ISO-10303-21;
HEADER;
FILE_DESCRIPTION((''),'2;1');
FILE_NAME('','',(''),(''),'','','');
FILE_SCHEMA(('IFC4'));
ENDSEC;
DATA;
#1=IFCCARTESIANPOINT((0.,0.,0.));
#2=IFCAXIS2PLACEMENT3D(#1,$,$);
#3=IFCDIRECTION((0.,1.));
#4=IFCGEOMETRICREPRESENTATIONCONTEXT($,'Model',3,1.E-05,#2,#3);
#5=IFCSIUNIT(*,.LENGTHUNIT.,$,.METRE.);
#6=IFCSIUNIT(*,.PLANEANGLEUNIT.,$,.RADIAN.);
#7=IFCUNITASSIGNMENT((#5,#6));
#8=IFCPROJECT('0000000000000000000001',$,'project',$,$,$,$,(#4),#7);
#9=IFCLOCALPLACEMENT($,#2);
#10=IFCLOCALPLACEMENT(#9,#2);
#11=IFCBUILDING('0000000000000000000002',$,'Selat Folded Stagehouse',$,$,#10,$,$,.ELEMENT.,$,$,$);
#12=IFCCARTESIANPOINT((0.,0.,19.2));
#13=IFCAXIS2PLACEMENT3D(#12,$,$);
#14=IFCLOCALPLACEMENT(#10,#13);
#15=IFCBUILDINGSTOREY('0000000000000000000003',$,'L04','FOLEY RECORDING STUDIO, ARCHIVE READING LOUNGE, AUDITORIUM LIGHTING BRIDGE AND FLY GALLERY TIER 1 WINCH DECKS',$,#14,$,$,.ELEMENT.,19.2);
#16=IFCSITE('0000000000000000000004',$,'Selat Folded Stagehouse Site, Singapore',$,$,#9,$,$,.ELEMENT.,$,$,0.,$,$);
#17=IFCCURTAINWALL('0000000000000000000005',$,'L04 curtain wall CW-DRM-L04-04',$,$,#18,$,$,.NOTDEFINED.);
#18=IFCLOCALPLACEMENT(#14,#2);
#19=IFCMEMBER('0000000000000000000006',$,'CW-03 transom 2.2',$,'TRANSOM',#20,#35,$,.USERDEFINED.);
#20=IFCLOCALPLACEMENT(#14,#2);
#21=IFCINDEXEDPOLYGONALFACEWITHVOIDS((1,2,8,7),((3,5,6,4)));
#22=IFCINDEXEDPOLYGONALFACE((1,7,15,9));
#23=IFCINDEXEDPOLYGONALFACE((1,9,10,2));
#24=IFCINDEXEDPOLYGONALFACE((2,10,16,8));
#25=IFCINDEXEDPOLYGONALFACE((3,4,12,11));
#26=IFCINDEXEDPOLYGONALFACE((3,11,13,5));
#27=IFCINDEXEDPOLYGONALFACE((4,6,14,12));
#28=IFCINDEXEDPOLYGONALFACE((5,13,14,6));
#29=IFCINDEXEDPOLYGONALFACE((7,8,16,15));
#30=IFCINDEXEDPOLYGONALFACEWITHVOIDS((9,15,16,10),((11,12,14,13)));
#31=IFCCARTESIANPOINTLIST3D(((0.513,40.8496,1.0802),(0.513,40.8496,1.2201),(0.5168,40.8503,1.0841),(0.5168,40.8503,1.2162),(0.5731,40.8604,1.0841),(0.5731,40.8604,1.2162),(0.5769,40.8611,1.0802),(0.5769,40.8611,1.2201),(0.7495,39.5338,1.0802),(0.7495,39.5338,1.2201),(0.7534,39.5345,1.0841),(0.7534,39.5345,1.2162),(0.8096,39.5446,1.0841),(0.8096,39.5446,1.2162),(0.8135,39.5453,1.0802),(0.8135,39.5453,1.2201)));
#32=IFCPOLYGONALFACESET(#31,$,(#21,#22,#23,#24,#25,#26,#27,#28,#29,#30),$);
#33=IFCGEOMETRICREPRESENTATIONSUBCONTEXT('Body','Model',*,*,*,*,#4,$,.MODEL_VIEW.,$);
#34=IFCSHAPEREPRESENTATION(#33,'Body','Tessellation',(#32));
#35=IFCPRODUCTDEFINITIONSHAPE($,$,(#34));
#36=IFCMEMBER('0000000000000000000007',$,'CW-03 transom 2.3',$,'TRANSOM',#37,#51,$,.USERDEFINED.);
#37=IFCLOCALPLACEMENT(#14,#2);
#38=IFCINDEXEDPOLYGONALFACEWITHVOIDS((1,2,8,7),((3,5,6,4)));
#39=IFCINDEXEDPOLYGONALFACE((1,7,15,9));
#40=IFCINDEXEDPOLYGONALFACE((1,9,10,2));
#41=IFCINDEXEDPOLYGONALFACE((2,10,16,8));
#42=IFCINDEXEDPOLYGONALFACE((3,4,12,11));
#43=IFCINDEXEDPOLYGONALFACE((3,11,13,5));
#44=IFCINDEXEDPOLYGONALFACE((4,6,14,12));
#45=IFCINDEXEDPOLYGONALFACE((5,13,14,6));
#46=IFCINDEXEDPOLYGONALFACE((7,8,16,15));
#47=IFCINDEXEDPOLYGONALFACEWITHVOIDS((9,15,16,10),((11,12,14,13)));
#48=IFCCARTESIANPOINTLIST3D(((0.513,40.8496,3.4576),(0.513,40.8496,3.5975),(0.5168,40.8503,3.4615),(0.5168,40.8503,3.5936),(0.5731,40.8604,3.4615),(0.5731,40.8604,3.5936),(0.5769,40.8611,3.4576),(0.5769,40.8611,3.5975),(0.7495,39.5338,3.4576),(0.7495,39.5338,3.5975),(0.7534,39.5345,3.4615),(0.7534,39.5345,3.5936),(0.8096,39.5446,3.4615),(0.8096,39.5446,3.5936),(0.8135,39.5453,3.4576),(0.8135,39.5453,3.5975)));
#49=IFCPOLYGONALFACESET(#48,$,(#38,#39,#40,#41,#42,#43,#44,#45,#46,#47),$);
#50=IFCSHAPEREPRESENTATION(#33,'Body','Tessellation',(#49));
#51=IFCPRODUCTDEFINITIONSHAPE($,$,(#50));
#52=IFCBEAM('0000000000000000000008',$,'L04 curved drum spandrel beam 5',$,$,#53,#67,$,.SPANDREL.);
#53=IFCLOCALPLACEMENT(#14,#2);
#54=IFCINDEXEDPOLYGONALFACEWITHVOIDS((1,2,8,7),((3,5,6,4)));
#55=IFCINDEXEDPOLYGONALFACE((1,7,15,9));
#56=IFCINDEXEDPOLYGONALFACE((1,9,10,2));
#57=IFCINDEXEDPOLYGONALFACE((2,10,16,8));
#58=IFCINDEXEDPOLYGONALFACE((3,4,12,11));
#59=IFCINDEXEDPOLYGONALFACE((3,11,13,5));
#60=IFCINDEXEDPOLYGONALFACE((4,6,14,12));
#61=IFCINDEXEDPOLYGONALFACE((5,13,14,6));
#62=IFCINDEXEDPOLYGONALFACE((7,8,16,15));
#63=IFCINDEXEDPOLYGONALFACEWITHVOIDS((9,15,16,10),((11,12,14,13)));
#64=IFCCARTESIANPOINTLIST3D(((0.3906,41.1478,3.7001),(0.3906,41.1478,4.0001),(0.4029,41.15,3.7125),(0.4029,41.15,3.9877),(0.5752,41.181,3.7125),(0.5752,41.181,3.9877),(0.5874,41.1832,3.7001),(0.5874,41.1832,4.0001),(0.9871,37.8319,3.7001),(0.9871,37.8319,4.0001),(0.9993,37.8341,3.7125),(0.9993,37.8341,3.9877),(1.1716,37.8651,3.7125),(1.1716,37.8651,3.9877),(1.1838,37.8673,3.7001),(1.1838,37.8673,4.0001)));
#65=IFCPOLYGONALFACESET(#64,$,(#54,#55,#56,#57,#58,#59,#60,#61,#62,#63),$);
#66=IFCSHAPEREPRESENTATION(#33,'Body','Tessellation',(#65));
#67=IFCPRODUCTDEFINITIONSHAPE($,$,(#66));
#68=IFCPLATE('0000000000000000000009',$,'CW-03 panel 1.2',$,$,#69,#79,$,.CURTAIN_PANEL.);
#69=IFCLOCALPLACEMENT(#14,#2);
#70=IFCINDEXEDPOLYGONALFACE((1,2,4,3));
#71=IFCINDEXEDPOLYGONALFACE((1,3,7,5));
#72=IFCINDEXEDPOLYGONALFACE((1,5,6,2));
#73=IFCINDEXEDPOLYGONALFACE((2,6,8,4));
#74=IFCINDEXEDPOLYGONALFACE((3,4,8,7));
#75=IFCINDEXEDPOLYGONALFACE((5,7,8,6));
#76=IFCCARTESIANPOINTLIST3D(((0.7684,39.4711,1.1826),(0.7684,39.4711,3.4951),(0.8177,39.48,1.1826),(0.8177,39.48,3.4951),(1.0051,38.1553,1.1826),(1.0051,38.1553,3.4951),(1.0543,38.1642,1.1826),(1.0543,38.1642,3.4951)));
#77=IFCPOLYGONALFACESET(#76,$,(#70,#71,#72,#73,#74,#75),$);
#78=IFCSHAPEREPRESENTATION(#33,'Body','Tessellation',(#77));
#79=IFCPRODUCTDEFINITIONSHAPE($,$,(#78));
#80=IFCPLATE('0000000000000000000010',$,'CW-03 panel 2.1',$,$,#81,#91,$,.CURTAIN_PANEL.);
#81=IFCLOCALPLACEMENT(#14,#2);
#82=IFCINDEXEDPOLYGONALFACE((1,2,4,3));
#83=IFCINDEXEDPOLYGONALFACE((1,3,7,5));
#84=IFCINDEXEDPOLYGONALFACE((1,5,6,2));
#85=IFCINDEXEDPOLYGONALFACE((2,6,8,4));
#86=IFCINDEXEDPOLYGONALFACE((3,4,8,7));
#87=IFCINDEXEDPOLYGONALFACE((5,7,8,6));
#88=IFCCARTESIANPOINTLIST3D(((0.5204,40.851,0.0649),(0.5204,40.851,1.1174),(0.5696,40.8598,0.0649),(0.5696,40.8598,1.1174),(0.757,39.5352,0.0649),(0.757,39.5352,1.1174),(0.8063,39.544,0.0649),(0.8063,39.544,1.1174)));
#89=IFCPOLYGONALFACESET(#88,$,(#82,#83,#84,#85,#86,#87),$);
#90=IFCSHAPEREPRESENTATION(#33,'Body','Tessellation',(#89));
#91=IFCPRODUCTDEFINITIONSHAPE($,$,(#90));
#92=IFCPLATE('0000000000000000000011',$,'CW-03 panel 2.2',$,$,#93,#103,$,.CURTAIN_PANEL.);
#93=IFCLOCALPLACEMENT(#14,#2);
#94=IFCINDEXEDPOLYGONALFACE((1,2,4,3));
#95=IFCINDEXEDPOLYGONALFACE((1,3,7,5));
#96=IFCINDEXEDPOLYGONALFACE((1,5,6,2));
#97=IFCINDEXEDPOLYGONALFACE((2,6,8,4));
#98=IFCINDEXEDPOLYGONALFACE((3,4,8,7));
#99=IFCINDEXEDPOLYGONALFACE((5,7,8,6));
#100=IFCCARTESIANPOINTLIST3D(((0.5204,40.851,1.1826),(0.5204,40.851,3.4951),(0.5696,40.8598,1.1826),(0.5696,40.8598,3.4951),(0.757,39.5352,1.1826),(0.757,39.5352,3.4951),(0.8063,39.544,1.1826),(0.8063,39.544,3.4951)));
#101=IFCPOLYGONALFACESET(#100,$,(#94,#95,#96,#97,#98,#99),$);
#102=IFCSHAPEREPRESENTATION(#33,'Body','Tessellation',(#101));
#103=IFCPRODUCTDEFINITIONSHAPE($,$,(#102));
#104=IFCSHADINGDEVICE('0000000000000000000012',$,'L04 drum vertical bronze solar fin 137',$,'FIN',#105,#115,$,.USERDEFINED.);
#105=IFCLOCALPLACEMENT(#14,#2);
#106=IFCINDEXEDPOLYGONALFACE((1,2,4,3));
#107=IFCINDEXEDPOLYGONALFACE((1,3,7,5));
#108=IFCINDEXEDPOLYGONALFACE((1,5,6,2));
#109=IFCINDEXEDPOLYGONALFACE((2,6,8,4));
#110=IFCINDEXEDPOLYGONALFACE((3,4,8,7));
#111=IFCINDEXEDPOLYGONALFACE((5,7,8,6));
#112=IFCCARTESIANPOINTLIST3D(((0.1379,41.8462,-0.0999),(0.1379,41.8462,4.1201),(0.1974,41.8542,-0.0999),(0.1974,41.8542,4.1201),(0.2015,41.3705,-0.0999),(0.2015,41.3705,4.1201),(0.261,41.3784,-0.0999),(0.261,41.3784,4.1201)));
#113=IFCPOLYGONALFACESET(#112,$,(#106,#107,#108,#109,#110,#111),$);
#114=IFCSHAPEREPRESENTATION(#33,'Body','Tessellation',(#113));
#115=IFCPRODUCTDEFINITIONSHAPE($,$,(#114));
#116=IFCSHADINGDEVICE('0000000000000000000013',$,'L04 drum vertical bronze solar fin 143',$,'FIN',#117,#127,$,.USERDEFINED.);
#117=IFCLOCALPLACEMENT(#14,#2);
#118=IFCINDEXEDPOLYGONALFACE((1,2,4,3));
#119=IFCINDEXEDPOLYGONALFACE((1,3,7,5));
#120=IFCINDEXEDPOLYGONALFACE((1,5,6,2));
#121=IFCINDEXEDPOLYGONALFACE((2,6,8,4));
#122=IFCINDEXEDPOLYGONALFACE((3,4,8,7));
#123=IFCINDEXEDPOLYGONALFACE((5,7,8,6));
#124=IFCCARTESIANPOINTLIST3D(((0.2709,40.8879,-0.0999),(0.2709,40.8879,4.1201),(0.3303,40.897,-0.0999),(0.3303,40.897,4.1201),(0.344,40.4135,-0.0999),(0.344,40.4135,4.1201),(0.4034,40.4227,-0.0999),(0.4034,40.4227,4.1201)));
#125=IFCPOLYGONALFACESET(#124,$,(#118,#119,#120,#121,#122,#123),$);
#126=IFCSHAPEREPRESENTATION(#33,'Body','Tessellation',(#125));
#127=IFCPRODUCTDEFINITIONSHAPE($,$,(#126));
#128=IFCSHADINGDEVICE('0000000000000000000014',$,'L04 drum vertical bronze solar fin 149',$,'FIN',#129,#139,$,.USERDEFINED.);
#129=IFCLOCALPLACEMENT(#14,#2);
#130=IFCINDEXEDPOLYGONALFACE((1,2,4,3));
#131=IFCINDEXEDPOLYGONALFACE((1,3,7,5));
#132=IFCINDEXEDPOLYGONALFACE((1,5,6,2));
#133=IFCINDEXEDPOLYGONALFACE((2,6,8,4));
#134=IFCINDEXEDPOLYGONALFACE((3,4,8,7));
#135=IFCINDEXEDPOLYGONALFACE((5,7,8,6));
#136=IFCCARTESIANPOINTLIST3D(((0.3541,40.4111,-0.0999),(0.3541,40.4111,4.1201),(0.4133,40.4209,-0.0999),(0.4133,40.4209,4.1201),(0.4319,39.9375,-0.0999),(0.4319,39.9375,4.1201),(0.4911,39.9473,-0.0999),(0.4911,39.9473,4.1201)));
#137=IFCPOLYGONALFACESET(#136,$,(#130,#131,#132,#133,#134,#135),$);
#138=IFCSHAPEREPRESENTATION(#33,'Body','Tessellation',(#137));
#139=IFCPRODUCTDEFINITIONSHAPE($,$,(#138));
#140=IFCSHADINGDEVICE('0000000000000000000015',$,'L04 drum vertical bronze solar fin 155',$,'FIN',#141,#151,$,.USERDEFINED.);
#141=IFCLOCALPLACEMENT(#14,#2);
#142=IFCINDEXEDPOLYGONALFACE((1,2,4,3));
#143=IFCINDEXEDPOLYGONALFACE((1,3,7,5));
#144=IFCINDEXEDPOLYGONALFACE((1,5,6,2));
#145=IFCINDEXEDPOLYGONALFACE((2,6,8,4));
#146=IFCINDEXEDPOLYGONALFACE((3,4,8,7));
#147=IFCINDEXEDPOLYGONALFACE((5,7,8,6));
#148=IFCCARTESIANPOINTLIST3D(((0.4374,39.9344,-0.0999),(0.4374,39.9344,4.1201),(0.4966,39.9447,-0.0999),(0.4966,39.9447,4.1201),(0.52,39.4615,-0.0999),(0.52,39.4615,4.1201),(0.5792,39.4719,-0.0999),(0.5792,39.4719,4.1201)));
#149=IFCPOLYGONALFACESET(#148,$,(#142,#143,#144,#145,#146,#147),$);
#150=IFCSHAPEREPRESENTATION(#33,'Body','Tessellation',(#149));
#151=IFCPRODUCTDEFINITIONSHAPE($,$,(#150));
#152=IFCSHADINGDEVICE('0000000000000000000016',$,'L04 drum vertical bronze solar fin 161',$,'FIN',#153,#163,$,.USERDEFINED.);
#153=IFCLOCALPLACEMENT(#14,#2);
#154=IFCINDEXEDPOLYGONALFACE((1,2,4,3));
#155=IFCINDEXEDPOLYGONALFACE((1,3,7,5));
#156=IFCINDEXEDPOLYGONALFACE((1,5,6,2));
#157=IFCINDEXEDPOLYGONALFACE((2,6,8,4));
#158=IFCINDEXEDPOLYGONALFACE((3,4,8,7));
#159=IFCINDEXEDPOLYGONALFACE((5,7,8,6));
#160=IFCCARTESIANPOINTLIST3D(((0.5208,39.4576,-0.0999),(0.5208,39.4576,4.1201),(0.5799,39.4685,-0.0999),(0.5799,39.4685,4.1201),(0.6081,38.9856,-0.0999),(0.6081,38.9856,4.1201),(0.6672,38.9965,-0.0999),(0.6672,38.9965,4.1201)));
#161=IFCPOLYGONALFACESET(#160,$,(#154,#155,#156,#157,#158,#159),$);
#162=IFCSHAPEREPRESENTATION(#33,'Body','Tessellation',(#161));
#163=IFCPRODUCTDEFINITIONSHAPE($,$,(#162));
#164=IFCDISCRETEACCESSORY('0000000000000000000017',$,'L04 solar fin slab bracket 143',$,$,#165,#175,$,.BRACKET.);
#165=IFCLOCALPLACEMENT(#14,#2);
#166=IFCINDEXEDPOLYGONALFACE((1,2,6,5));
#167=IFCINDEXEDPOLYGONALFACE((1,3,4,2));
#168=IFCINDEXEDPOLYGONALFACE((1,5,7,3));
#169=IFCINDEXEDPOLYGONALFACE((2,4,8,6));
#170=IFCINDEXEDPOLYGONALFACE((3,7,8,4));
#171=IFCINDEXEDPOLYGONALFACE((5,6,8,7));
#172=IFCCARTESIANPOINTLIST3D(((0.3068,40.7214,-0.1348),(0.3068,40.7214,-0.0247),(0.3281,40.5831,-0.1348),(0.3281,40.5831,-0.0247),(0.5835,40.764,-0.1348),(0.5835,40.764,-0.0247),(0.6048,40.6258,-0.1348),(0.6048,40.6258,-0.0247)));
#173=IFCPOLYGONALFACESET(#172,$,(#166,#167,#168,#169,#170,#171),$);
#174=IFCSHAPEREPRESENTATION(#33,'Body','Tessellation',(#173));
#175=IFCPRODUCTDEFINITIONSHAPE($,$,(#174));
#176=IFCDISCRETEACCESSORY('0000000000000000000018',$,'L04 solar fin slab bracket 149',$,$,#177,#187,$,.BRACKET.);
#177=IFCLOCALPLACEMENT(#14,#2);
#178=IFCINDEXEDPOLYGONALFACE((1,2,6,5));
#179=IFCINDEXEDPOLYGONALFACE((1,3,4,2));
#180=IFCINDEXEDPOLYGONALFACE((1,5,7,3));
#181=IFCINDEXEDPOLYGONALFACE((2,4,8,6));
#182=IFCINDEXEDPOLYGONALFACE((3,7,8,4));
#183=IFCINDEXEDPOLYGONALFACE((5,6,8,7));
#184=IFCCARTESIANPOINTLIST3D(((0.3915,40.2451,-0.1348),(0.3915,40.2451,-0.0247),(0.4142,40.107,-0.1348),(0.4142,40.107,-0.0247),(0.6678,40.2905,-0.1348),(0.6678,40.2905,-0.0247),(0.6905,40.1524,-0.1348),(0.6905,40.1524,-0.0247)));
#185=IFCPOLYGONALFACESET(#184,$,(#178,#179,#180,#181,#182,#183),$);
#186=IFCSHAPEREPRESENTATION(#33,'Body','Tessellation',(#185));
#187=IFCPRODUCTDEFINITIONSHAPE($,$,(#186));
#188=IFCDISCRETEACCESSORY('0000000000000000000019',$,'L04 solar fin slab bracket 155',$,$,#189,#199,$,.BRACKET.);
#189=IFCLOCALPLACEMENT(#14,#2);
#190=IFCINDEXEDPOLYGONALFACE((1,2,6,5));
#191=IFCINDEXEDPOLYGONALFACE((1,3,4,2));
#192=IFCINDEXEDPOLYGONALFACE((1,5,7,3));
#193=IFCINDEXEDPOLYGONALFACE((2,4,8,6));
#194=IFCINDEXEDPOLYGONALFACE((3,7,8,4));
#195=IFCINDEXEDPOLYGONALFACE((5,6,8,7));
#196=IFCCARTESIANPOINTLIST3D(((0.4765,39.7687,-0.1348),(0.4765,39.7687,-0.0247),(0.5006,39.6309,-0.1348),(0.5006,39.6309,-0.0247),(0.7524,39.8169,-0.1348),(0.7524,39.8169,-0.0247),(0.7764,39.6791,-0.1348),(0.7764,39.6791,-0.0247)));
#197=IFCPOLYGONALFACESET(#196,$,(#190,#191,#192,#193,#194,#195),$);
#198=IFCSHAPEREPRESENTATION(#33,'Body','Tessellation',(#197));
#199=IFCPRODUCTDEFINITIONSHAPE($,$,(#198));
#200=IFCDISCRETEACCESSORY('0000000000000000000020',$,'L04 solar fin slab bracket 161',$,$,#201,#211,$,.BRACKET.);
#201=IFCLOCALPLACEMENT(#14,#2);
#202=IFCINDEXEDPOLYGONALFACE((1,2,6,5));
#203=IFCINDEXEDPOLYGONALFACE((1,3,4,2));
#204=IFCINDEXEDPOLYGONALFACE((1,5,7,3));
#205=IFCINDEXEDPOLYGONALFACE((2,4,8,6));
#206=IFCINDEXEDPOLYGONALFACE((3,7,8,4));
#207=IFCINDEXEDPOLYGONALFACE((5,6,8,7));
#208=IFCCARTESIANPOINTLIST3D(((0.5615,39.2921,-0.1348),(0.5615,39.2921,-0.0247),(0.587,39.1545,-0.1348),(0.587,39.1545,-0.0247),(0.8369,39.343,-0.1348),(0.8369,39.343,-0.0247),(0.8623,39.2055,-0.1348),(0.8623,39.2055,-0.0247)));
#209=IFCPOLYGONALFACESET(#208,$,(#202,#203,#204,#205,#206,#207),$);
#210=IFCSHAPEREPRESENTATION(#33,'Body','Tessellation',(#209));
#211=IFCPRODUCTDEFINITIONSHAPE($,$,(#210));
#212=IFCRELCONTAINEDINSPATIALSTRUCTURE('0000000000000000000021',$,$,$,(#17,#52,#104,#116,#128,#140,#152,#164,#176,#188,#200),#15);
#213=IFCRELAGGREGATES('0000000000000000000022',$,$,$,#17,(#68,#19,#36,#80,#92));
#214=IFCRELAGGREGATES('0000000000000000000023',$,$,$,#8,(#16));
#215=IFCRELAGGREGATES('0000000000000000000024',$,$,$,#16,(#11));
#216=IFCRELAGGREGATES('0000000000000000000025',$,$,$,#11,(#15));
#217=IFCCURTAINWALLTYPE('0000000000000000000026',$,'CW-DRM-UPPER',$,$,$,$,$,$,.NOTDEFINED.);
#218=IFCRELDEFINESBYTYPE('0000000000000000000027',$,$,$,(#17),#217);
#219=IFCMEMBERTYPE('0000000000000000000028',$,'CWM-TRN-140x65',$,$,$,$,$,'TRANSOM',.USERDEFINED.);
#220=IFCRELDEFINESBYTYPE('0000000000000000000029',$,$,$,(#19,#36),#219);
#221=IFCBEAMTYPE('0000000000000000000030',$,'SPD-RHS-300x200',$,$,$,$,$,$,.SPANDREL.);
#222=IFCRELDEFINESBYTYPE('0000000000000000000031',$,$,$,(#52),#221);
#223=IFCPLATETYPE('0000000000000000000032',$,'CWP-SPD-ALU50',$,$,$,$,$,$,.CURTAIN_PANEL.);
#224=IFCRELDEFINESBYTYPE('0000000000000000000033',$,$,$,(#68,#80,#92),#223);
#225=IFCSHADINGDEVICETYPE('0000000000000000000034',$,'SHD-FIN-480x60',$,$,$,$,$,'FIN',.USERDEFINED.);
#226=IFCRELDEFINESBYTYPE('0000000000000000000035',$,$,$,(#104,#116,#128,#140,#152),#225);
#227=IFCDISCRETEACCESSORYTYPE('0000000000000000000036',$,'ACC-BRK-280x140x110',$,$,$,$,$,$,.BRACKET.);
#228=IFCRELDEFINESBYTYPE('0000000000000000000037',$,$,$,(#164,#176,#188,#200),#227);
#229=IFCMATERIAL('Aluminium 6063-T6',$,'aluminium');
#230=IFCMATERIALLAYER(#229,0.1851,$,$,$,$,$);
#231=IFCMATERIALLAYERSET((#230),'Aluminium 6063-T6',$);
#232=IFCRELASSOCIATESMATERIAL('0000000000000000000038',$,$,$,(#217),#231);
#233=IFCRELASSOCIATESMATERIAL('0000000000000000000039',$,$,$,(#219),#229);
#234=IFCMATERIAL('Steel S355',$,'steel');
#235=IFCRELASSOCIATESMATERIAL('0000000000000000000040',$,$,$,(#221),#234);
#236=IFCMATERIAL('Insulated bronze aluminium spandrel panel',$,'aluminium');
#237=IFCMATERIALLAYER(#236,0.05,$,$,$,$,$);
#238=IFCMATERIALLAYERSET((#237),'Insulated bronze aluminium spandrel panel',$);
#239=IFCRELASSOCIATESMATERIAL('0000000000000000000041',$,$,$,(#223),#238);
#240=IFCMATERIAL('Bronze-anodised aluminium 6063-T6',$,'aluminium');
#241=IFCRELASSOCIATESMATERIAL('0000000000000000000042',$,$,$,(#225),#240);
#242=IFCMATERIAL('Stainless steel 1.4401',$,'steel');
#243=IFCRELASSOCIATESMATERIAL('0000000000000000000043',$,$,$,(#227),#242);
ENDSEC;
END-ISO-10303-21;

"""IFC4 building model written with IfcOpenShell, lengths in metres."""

from ifc_helpers import new_model, si_unit, direction, frame, origin, origin_2d, place, context, subcontext, project, spatial, rectangle, hollow_rectangle, extrude, material, layer, layer_set, material_profile, profile_set, type_object, element, aggregate, save


model = new_model("IFC4")

# Units and contexts
model_context = context("Model", 3, precision=1e-05, world=origin(), true_north=direction((0.0, 1.0)))
body_context = subcontext(model_context, "Body", "Model", "MODEL_VIEW")
ifc_project = project(units=[si_unit("LENGTHUNIT", "METRE"), si_unit("PLANEANGLEUNIT", "RADIAN")], contexts=[model_context])

# Site, building, storey
site_placement = place(None, origin())
site = spatial("IfcSite", under=ifc_project, at=site_placement, Name="Selat Folded Stagehouse Site, Singapore", CompositionType="ELEMENT", RefElevation=0.0)
building_placement = place(site_placement, origin())
building = spatial("IfcBuilding", under=site, at=building_placement, Name="Selat Folded Stagehouse", CompositionType="ELEMENT")
storey_placement = place(building_placement, frame((0.0, 0.0, 19.2)))
storey = spatial("IfcBuildingStorey", under=building, at=storey_placement, Name="L04", Description="FOLEY RECORDING STUDIO, ARCHIVE READING LOUNGE, AUDITORIUM LIGHTING BRIDGE AND FLY GALLERY TIER 1 WINCH DECKS", CompositionType="ELEMENT", Elevation=19.2)

# Shared definitions
ifc_material_1 = material(Name="Steel S355", Category="steel")

# Shared definitions
ifc_material_2 = material(Name="Aluminium 6063-T6", Category="aluminium")
ifc_layer_1 = layer(ifc_material_2, 0.1851)
ifc_layer_set_1 = layer_set([ifc_layer_1], Name="Aluminium 6063-T6")
curtain_wall_type = type_object("IfcCurtainWallType", Name="CW-DRM-UPPER", PredefinedType="NOTDEFINED", material=ifc_layer_set_1)

# Curtain wall
curtain_wall_1_placement = place(storey_placement, origin())
curtain_wall_1 = element("IfcCurtainWall", 1, at=curtain_wall_1_placement, inside=storey, type_object=curtain_wall_type, Name="L04 curtain wall CW-DRM-L04-04", PredefinedType="NOTDEFINED")

# Members
ifc_material_profile_1 = material_profile(ifc_material_2, hollow_rectangle(XDim=0.0649, YDim=0.1399, WallThickness=0.0039, at=origin_2d()), Name="ALU 140x65x4.0")
ifc_profile_set_1 = profile_set([ifc_material_profile_1], Name="Aluminium 6063-T6")
member_type_1 = type_object("IfcMemberType", Name="CWM-TRN-140x65", ElementType="TRANSOM", PredefinedType="USERDEFINED", material=ifc_profile_set_1)
member_1_placement = place(storey_placement, frame((0.7815, 39.5396, 1.1501), z_axis=(-0.176941, 0.984222, 0.0), x_axis=(-0.984222, -0.176941, 0.0)))
member_1 = element("IfcMember", 2, at=member_1_placement, type_object=member_type_1, Name="CW-03 transom 2.2", ObjectType="TRANSOM", PredefinedType="USERDEFINED", context=body_context, shape_type="SweptSolid", body=[
    extrude(hollow_rectangle(XDim=0.0649, YDim=0.1399, WallThickness=0.0039, at=origin_2d()), origin(), (0.0, 0.0, 1.0), 1.3369),
])
member_2_placement = place(storey_placement, frame((0.7815, 39.5396, 3.5276), z_axis=(-0.176941, 0.984222, 0.0), x_axis=(-0.984222, -0.176941, 0.0)))
member_2 = element("IfcMember", 3, at=member_2_placement, type_object=member_type_1, Name="CW-03 transom 2.3", ObjectType="TRANSOM", PredefinedType="USERDEFINED", context=body_context, shape_type="SweptSolid", body=[
    extrude(hollow_rectangle(XDim=0.0649, YDim=0.1399, WallThickness=0.0039, at=origin_2d()), origin(), (0.0, 0.0, 1.0), 1.3369),
])

# Beam
ifc_material_profile_2 = material_profile(ifc_material_1, hollow_rectangle(XDim=0.2, YDim=0.3, WallThickness=0.0125, at=origin_2d()), Name="RHS 300x200x12.5")
ifc_profile_set_2 = profile_set([ifc_material_profile_2], Name="Steel S355")
beam_type = type_object("IfcBeamType", Name="SPD-RHS-300x200", PredefinedType="SPANDREL", material=ifc_profile_set_2)
beam_placement = place(storey_placement, frame((0.489, 41.1655, 3.8501), z_axis=(0.177029, -0.984206, 0.0), x_axis=(0.984206, 0.177029, 0.0)))
element("IfcBeam", 4, at=beam_placement, inside=storey, type_object=beam_type, Name="L04 curved drum spandrel beam 5", PredefinedType="SPANDREL", context=body_context, shape_type="SweptSolid", body=[
    extrude(hollow_rectangle(XDim=0.2, YDim=0.3, WallThickness=0.0125, at=origin_2d()), origin(), (0.0, 0.0, 1.0), 3.3691),
])

# Plates
ifc_material_3 = material(Name="Insulated bronze aluminium spandrel panel", Category="aluminium")
ifc_layer_2 = layer(ifc_material_3, 0.05)
ifc_layer_set_2 = layer_set([ifc_layer_2], Name="Insulated bronze aluminium spandrel panel")
plate_type = type_object("IfcPlateType", Name="CWP-SPD-ALU50", PredefinedType="CURTAIN_PANEL", material=ifc_layer_set_2)
plate_1_placement = place(storey_placement, frame((0.9114, 38.8176, 1.1826), z_axis=(0.0, 0.0, 1.0), x_axis=(-0.177002, 0.984211, 0.0)))
plate_1 = element("IfcPlate", 5, at=plate_1_placement, type_object=plate_type, Name="CW-03 panel 1.2", PredefinedType="CURTAIN_PANEL", context=body_context, shape_type="SweptSolid", body=[
    extrude(rectangle(XDim=1.3369, YDim=0.05, at=origin_2d()), origin(), (0.0, 0.0, 1.0), 2.3125),
])
plate_2_placement = place(storey_placement, frame((0.6633, 40.1975, 0.0649), z_axis=(0.0, 0.0, 1.0), x_axis=(-0.177002, 0.984211, 0.0)))
plate_2 = element("IfcPlate", 6, at=plate_2_placement, type_object=plate_type, Name="CW-03 panel 2.1", PredefinedType="CURTAIN_PANEL", context=body_context, shape_type="SweptSolid", body=[
    extrude(rectangle(XDim=1.3369, YDim=0.05, at=origin_2d()), origin(), (0.0, 0.0, 1.0), 1.0525),
])
plate_3_placement = place(storey_placement, frame((0.6633, 40.1975, 1.1826), z_axis=(0.0, 0.0, 1.0), x_axis=(-0.177002, 0.984211, 0.0)))
plate_3 = element("IfcPlate", 7, at=plate_3_placement, type_object=plate_type, Name="CW-03 panel 2.2", PredefinedType="CURTAIN_PANEL", context=body_context, shape_type="SweptSolid", body=[
    extrude(rectangle(XDim=1.3369, YDim=0.05, at=origin_2d()), origin(), (0.0, 0.0, 1.0), 2.3125),
])
aggregate(curtain_wall_1, [plate_1, member_1, member_2, plate_2, plate_3])

# Shading devices
ifc_material_4 = material(Name="Bronze-anodised aluminium 6063-T6", Category="aluminium")
ifc_material_profile_3 = material_profile(ifc_material_4, rectangle(XDim=0.0601, YDim=0.48, at=origin_2d()), Name="SOLAR-FIN 480x60")
ifc_profile_set_3 = profile_set([ifc_material_profile_3], Name="Bronze-anodised aluminium 6063-T6")
shading_device_type = type_object("IfcShadingDeviceType", Name="SHD-FIN-480x60", ElementType="FIN", PredefinedType="USERDEFINED", material=ifc_profile_set_3)
for number, where, z_axis, x_axis, name in (
    (8, (0.1995, 41.6123, -0.0999), (0.0, 0.0, 1.0), (-0.991192, -0.132429, 0.0), "L04 drum vertical bronze solar fin 137"),
    (9, (0.3372, 40.6553, -0.0999), (0.0, 0.0, 1.0), (-0.988335, -0.152296, 0.0), "L04 drum vertical bronze solar fin 143"),
    (10, (0.4226, 40.1792, -0.0999), (0.0, 0.0, 1.0), (-0.986771, -0.162121, 0.0), "L04 drum vertical bronze solar fin 149"),
    (11, (0.5083, 39.7031, -0.0999), (0.0, 0.0, 1.0), (-0.985079, -0.172101, 0.0), "L04 drum vertical bronze solar fin 155"),
    (12, (0.594, 39.2271, -0.0999), (0.0, 0.0, 1.0), (-0.983318, -0.181892, 0.0), "L04 drum vertical bronze solar fin 161"),
):
    element("IfcShadingDevice", number, at=place(storey_placement, frame(where, z_axis=z_axis, x_axis=x_axis)), inside=storey, type_object=shading_device_type, Name=name, ObjectType="FIN", PredefinedType="USERDEFINED", context=body_context, shape_type="SweptSolid", body=[
        extrude(rectangle(XDim=0.0601, YDim=0.48, at=origin_2d()), origin(), (0.0, 0.0, 1.0), 4.22),
    ])

# Discrete accessories
ifc_material_5 = material(Name="Stainless steel 1.4401", Category="steel")
discrete_accessory_type = type_object("IfcDiscreteAccessoryType", Name="ACC-BRK-280x140x110", PredefinedType="BRACKET", material=ifc_material_5)
for number, where, z_axis, x_axis, name in (
    (13, (0.4558, 40.6736, -0.1348), (0.0, 0.0, 1.0), (-0.988335, -0.152296, 0.0), "L04 solar fin slab bracket 143"),
    (14, (0.541, 40.1987, -0.1348), (0.0, 0.0, 1.0), (-0.986771, -0.162121, 0.0), "L04 solar fin slab bracket 149"),
    (15, (0.6265, 39.7239, -0.1348), (0.0, 0.0, 1.0), (-0.985079, -0.172101, 0.0), "L04 solar fin slab bracket 155"),
    (16, (0.7119, 39.2488, -0.1348), (0.0, 0.0, 1.0), (-0.983318, -0.181892, 0.0), "L04 solar fin slab bracket 161"),
):
    element("IfcDiscreteAccessory", number, at=place(storey_placement, frame(where, z_axis=z_axis, x_axis=x_axis)), inside=storey, type_object=discrete_accessory_type, Name=name, PredefinedType="BRACKET", context=body_context, shape_type="SweptSolid", body=[
        extrude(rectangle(XDim=0.28, YDim=0.1399, at=origin_2d()), origin(), (0.0, 0.0, 1.0), 0.1101),
    ])

save(model, "model.ifc")
